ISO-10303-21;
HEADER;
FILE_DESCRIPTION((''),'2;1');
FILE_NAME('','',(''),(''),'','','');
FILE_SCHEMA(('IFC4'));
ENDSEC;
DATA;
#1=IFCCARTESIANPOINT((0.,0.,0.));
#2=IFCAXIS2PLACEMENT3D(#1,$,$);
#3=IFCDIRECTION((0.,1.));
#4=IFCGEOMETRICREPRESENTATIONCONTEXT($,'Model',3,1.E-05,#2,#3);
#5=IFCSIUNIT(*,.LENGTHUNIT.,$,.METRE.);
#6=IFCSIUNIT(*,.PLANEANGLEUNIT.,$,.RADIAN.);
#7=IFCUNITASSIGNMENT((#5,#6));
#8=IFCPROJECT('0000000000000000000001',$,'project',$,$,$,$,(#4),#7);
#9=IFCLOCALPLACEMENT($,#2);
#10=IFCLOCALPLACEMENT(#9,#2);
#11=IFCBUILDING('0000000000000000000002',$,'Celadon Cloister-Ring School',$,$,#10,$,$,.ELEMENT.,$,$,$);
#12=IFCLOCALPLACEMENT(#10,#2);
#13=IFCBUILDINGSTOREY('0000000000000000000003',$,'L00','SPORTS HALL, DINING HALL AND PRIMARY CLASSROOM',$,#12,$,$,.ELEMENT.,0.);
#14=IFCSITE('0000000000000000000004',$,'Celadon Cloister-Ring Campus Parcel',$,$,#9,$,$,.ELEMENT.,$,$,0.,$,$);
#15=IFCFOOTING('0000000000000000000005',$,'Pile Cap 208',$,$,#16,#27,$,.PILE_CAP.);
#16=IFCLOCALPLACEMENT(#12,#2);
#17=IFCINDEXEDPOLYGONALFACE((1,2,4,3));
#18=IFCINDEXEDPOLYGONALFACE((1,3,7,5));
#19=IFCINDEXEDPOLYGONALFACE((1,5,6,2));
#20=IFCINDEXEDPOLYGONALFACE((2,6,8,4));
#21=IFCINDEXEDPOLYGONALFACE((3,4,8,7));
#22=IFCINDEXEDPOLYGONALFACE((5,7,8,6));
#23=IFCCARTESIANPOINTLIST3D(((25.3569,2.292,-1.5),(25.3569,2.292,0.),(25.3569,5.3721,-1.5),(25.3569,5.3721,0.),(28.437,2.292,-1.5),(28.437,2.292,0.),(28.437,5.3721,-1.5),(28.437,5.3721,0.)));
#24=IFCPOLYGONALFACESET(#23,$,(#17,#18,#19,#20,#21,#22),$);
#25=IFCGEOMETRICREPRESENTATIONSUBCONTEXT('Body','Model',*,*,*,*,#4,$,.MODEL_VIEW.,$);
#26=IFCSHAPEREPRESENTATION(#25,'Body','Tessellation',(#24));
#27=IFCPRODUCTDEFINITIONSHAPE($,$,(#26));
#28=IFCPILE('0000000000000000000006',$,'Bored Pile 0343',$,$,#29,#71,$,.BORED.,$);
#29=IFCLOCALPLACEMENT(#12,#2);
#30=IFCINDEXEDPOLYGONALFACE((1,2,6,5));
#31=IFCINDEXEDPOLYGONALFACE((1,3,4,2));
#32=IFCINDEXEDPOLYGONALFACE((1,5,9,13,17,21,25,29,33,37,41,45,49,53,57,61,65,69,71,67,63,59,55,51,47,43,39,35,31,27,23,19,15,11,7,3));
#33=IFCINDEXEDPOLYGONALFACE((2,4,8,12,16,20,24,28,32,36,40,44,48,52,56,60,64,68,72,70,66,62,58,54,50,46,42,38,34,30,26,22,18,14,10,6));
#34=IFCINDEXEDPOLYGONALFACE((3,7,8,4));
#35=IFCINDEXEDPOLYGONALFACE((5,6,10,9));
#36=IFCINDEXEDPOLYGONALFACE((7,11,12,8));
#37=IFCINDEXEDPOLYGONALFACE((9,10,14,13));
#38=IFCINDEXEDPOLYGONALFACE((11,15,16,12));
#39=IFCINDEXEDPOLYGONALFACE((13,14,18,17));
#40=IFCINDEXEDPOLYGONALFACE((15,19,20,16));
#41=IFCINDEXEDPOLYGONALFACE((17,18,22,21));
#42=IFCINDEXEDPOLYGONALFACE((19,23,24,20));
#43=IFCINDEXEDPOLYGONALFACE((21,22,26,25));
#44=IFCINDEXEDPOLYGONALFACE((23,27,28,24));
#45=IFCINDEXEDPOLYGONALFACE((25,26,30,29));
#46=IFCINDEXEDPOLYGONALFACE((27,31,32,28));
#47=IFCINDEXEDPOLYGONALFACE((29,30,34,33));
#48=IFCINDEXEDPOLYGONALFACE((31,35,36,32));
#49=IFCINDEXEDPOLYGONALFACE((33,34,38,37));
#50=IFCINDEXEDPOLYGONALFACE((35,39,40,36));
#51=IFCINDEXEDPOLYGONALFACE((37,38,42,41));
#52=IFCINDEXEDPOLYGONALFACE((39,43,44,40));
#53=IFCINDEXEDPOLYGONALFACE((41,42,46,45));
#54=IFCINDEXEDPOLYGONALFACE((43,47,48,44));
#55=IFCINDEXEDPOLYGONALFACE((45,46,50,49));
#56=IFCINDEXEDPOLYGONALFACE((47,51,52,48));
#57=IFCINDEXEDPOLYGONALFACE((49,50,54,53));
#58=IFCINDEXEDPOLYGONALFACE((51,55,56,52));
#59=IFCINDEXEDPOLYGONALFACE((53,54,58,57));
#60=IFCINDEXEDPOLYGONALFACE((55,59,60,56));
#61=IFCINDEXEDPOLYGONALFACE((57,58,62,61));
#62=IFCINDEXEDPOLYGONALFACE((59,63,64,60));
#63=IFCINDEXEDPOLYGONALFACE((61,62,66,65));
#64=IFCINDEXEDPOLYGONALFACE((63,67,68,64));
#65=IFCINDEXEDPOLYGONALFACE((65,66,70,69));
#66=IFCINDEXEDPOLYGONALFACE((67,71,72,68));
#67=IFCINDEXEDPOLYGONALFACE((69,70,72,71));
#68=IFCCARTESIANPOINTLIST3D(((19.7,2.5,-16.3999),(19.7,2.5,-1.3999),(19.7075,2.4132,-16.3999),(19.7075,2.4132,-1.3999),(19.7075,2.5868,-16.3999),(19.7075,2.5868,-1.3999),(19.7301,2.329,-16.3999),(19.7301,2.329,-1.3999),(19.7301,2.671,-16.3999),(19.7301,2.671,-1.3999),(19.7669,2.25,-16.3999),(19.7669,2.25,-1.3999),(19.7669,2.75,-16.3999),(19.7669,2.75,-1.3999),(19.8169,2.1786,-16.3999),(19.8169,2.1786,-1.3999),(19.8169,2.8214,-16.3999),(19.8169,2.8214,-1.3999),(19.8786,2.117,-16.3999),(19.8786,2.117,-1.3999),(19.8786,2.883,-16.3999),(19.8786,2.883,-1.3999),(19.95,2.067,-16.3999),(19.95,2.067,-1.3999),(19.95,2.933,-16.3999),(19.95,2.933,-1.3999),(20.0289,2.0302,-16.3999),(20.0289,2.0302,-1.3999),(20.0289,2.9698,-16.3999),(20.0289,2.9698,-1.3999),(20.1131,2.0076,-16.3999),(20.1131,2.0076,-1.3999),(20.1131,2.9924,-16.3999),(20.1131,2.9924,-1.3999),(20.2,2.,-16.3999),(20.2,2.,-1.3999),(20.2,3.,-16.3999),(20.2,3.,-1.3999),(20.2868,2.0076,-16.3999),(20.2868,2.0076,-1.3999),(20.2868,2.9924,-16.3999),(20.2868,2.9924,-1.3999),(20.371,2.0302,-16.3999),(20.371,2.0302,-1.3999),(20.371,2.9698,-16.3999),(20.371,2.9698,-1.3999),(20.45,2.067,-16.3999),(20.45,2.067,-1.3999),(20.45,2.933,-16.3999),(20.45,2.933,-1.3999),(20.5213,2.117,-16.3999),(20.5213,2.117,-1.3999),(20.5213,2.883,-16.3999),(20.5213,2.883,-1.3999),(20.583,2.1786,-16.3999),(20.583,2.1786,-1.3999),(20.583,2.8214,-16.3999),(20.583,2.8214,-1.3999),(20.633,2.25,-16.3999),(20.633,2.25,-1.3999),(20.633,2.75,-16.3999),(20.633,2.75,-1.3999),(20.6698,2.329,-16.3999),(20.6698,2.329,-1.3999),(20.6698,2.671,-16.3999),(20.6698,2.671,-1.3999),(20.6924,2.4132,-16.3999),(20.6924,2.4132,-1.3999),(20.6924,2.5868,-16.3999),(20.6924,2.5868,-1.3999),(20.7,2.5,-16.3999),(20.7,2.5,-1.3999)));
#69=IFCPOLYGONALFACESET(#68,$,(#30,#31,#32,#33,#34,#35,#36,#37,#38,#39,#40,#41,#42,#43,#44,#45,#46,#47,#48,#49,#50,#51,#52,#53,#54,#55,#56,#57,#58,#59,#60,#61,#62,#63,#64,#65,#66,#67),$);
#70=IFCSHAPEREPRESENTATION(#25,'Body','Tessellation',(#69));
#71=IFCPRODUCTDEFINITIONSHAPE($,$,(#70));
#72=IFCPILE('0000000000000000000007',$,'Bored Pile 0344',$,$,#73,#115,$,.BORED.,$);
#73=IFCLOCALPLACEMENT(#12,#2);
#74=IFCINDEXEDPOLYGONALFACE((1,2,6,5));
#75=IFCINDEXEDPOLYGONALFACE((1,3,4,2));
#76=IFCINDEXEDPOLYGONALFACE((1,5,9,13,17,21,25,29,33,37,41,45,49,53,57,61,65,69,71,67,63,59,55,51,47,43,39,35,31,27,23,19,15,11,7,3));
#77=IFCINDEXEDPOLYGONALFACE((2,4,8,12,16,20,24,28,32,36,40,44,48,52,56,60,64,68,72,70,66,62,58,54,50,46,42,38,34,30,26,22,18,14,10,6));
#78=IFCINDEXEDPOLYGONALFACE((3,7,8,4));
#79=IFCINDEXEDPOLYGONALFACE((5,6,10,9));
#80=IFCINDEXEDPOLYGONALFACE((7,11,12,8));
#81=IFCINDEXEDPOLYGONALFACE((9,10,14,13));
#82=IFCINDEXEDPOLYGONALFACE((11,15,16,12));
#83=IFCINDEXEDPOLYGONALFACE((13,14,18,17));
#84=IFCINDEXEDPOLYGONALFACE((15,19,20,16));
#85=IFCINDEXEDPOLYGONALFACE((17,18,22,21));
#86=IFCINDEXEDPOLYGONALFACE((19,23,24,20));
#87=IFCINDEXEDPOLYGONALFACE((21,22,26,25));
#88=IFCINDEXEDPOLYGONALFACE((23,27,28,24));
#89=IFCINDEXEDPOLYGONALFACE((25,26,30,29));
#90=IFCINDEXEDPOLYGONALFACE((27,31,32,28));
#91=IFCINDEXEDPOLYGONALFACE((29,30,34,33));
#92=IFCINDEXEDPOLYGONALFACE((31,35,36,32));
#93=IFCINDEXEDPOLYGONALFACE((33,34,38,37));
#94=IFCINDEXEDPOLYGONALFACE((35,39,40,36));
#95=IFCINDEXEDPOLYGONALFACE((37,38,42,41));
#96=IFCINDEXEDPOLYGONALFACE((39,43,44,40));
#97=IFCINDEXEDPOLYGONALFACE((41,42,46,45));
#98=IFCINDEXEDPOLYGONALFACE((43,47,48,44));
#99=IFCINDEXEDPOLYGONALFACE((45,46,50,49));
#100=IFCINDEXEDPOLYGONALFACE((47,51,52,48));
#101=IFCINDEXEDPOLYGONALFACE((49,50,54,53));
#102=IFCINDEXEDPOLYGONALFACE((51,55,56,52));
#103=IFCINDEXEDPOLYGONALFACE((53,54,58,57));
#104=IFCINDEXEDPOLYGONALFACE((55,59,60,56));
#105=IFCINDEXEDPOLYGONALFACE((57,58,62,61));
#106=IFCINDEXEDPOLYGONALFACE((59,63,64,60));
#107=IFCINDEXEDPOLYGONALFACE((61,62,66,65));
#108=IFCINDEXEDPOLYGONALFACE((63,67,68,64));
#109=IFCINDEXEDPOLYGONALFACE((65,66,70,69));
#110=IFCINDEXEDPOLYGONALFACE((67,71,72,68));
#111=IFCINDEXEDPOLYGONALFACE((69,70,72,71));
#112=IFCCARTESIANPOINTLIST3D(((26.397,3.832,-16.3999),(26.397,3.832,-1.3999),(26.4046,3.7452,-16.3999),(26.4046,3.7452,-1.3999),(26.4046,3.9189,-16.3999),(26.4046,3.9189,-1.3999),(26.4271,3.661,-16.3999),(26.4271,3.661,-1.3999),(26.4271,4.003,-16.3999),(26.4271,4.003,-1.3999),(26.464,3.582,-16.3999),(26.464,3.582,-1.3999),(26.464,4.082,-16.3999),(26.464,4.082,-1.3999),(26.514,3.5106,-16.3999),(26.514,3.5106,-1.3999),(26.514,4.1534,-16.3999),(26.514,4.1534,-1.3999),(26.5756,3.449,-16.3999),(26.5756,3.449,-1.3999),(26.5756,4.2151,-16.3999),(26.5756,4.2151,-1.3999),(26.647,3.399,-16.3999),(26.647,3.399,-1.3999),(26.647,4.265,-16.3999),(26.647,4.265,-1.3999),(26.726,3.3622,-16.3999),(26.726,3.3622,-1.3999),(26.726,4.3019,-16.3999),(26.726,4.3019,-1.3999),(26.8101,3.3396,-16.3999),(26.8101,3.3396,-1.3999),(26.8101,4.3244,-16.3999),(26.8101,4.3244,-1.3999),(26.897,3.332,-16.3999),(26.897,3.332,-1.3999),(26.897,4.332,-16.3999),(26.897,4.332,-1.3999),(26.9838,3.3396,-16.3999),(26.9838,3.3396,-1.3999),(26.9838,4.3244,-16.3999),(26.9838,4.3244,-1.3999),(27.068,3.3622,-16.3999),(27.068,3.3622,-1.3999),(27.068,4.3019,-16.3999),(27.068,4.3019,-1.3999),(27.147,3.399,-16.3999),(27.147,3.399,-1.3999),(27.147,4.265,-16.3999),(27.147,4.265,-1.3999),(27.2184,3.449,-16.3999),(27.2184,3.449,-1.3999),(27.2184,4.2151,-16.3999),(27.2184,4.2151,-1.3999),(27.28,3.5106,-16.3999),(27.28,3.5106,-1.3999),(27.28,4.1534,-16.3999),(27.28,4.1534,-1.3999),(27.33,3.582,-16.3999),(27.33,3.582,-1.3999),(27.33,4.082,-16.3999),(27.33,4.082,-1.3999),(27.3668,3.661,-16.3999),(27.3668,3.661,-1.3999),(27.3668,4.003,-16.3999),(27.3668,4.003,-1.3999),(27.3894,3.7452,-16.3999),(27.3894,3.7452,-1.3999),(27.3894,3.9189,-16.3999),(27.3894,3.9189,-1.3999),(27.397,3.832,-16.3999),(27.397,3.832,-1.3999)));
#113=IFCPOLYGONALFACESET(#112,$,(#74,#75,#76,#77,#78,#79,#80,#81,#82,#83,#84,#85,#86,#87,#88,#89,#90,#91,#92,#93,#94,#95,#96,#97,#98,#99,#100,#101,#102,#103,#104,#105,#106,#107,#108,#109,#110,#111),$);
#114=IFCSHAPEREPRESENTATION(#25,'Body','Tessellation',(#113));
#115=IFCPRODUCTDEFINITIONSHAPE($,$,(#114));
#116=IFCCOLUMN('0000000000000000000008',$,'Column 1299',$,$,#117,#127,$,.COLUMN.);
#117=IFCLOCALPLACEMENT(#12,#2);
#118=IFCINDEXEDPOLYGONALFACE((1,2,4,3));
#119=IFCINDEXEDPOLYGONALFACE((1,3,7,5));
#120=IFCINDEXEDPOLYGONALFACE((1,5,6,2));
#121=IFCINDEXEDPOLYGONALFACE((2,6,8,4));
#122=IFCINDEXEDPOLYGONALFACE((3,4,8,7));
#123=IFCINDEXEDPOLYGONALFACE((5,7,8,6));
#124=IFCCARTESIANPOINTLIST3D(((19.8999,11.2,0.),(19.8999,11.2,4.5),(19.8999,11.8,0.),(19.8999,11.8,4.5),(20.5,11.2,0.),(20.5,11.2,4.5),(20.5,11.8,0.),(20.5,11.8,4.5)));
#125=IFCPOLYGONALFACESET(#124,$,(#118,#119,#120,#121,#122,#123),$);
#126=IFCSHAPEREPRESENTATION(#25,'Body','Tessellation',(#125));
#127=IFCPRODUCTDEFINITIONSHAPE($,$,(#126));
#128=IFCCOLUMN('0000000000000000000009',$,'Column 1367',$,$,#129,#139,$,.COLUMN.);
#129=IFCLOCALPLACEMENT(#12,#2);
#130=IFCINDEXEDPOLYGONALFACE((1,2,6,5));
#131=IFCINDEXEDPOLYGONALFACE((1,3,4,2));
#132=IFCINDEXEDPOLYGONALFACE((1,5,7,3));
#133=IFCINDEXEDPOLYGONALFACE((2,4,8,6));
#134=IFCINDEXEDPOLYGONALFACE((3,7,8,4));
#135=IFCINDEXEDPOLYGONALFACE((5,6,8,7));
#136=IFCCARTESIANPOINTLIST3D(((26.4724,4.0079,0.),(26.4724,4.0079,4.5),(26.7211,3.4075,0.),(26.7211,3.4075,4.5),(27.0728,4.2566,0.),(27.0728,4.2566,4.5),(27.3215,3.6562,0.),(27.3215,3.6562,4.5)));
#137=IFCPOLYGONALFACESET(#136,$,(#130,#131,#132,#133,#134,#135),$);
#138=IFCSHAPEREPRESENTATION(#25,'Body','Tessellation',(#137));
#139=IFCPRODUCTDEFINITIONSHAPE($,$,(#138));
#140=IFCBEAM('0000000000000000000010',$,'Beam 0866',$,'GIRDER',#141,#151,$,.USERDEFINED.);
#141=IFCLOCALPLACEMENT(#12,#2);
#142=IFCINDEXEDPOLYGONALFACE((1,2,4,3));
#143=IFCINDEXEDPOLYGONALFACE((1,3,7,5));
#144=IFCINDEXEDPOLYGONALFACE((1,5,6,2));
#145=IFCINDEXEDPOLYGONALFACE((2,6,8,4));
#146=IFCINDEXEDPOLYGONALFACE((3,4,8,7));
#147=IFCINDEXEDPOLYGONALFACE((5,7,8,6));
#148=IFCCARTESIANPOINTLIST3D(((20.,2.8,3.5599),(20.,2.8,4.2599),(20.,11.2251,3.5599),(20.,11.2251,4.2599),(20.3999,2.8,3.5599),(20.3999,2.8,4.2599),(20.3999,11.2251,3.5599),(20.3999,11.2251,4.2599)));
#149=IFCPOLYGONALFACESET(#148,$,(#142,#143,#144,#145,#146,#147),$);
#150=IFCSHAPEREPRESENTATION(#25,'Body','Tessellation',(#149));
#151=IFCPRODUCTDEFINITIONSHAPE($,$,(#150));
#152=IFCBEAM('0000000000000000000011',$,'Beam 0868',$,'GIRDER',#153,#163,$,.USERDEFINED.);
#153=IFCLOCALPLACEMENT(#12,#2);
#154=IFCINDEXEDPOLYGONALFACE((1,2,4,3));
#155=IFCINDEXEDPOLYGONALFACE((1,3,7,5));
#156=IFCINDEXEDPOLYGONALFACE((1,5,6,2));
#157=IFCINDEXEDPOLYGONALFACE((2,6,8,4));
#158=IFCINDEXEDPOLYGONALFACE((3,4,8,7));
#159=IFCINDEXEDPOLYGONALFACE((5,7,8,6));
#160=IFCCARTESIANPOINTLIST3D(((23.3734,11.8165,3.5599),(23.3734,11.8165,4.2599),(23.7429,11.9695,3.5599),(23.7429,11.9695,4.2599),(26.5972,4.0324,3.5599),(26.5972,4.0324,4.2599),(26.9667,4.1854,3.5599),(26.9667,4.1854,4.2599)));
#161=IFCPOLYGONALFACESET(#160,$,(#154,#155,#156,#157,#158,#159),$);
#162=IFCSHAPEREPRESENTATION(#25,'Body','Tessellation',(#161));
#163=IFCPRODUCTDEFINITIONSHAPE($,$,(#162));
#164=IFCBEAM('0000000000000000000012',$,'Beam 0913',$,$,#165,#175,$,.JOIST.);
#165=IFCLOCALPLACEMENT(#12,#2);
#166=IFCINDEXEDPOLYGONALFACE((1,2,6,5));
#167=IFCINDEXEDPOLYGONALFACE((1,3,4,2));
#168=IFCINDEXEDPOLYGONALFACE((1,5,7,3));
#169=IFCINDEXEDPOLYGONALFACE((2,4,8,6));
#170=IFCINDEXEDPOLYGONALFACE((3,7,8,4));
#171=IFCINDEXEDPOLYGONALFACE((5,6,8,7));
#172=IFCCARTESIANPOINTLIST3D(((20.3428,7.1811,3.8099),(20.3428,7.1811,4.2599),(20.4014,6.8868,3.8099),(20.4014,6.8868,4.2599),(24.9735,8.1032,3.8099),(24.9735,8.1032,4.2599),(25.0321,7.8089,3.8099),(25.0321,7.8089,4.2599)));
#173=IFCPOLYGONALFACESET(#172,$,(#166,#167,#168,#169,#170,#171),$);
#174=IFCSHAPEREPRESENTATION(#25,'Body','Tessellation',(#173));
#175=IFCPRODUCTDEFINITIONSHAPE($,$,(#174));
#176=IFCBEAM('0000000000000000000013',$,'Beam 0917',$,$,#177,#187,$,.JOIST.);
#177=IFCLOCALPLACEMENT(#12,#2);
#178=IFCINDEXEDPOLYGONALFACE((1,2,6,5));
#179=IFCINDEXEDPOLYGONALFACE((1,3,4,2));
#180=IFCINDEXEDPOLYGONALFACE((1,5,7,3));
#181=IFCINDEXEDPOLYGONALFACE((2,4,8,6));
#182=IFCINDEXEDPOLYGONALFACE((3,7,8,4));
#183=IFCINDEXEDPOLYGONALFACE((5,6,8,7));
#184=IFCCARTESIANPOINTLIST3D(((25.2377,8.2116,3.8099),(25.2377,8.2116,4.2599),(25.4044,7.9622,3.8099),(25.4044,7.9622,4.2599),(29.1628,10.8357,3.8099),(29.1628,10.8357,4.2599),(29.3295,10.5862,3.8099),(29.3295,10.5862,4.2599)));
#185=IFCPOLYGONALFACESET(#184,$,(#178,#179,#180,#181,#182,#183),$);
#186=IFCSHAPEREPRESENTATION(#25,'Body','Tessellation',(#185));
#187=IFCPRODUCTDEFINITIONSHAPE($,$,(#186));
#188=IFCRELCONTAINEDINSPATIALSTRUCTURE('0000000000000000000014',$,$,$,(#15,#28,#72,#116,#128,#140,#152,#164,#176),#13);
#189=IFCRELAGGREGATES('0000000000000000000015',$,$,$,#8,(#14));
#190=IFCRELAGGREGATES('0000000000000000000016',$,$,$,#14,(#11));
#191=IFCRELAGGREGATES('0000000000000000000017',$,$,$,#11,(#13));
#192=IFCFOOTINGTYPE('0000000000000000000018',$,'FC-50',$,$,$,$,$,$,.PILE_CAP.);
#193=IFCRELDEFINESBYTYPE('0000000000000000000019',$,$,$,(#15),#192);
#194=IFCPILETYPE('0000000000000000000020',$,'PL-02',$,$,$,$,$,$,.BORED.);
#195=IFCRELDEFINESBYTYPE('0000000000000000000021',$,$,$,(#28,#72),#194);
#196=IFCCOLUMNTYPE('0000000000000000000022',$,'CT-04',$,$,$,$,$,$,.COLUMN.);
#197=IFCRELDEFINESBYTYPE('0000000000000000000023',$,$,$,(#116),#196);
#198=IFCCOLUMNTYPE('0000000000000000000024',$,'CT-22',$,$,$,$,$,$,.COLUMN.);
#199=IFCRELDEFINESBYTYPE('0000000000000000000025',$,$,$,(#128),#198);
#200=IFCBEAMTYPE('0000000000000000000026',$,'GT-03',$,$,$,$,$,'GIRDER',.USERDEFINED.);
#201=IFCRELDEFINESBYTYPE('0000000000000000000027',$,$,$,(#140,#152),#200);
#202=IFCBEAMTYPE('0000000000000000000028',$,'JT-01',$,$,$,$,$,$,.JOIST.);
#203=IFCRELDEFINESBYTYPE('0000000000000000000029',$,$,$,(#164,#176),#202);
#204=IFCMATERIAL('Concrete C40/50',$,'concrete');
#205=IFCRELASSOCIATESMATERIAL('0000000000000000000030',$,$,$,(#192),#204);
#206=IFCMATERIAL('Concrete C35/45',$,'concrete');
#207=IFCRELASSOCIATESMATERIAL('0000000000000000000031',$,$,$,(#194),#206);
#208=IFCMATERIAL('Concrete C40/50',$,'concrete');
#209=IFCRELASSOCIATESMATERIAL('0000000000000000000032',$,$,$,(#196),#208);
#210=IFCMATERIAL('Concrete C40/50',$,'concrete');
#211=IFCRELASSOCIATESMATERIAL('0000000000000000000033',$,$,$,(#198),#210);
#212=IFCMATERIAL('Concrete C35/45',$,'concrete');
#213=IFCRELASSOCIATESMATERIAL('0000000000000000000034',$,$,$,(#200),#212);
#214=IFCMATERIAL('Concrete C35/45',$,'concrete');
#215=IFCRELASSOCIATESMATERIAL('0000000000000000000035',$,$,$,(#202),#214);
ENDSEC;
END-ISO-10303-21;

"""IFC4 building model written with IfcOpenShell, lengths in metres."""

from ifc_helpers import new_model, si_unit, direction, frame, origin, origin_2d, place, context, subcontext, project, spatial, rectangle, circle, extrude, material, material_profile, profile_set, type_object, element, save


model = new_model("IFC4")

# Units and contexts
model_context = context("Model", 3, precision=1e-05, world=origin(), true_north=direction((0.0, 1.0)))
body_context = subcontext(model_context, "Body", "Model", "MODEL_VIEW")
ifc_project = project(units=[si_unit("LENGTHUNIT", "METRE"), si_unit("PLANEANGLEUNIT", "RADIAN")], contexts=[model_context])

# Site, building, storey
site_placement = place(None, origin())
site = spatial("IfcSite", under=ifc_project, at=site_placement, Name="Celadon Cloister-Ring Campus Parcel", CompositionType="ELEMENT", RefElevation=0.0)
building_placement = place(site_placement, origin())
building = spatial("IfcBuilding", under=site, at=building_placement, Name="Celadon Cloister-Ring School", CompositionType="ELEMENT")
storey_placement = place(building_placement, origin())
storey = spatial("IfcBuildingStorey", under=building, at=storey_placement, Name="L00", Description="SPORTS HALL, DINING HALL AND PRIMARY CLASSROOM", CompositionType="ELEMENT", Elevation=0.0)

# Footing
ifc_material_1 = material(Name="Concrete C40/50", Category="concrete")
footing_type = type_object("IfcFootingType", Name="FC-50", PredefinedType="PILE_CAP", material=ifc_material_1)
footing_placement = place(storey_placement, frame((26.897, 3.832, -1.5), z_axis=(0.0, 0.0, 1.0), x_axis=(1.0, 0.0, 0.0)))
element("IfcFooting", 1, at=footing_placement, inside=storey, type_object=footing_type, Name="Pile Cap 208", PredefinedType="PILE_CAP", context=body_context, shape_type="SweptSolid", body=[
    extrude(rectangle(XDim=3.0801, YDim=3.0801, at=origin_2d()), origin(), (0.0, 0.0, 1.0), 1.5),
])

# Piles
ifc_material_2 = material(Name="Concrete C35/45", Category="concrete")
ifc_material_profile_1 = material_profile(ifc_material_2, circle(Radius=0.5, at=origin_2d()), Name="PILE1000")
ifc_profile_set_1 = profile_set([ifc_material_profile_1], Name="Concrete C35/45")
pile_type = type_object("IfcPileType", Name="PL-02", PredefinedType="BORED", material=ifc_profile_set_1)
for number, where, z_axis, x_axis, name in (
    (2, (20.2, 2.5, -1.3999), (0.0, 0.0, -1.0), (1.0, 0.0, 0.0), "Bored Pile 0343"),
    (3, (26.897, 3.832, -1.3999), (0.0, 0.0, -1.0), (1.0, 0.0, 0.0), "Bored Pile 0344"),
):
    element("IfcPile", number, at=place(storey_placement, frame(where, z_axis=z_axis, x_axis=x_axis)), inside=storey, type_object=pile_type, Name=name, PredefinedType="BORED", context=body_context, shape_type="SweptSolid", body=[
        extrude(circle(Radius=0.5, at=origin_2d()), origin(), (0.0, 0.0, 1.0), 15.0),
    ])

# Columns
ifc_material_3 = material(Name="Concrete C40/50", Category="concrete")
ifc_material_profile_2 = material_profile(ifc_material_3, rectangle(XDim=0.6001, YDim=0.6001, at=origin_2d()), Name="RC600X600")
ifc_profile_set_2 = profile_set([ifc_material_profile_2], Name="Concrete C40/50")
column_type_1 = type_object("IfcColumnType", Name="CT-04", PredefinedType="COLUMN", material=ifc_profile_set_2)
column_1_placement = place(storey_placement, frame((20.2, 11.5, 0.0), z_axis=(0.0, 0.0, 1.0), x_axis=(0.0, -1.0, 0.0)))
element("IfcColumn", 4, at=column_1_placement, inside=storey, type_object=column_type_1, Name="Column 1299", PredefinedType="COLUMN", context=body_context, shape_type="SweptSolid", body=[
    extrude(rectangle(XDim=0.6001, YDim=0.6001, at=origin_2d()), origin(), (0.0, 0.0, 1.0), 4.5),
])
ifc_material_4 = material(Name="Concrete C40/50", Category="concrete")
ifc_material_profile_3 = material_profile(ifc_material_4, rectangle(XDim=0.6499, YDim=0.6499, at=origin_2d()), Name="RC650X650")
ifc_profile_set_3 = profile_set([ifc_material_profile_3], Name="Concrete C40/50")
column_type_2 = type_object("IfcColumnType", Name="CT-22", PredefinedType="COLUMN", material=ifc_profile_set_3)
column_2_placement = place(storey_placement, frame((26.897, 3.832, 0.0), z_axis=(0.0, 0.0, 1.0), x_axis=(0.382683, -0.92388, 0.0)))
element("IfcColumn", 5, at=column_2_placement, inside=storey, type_object=column_type_2, Name="Column 1367", PredefinedType="COLUMN", context=body_context, shape_type="SweptSolid", body=[
    extrude(rectangle(XDim=0.6499, YDim=0.6499, at=origin_2d()), origin(), (0.0, 0.0, 1.0), 4.5),
])

# Beams
ifc_material_5 = material(Name="Concrete C35/45", Category="concrete")
ifc_material_profile_4 = material_profile(ifc_material_5, rectangle(XDim=0.3999, YDim=0.7, at=origin_2d()), Name="RC400X700")
ifc_profile_set_4 = profile_set([ifc_material_profile_4], Name="Concrete C35/45")
beam_type_1 = type_object("IfcBeamType", Name="GT-03", ElementType="GIRDER", PredefinedType="USERDEFINED", material=ifc_profile_set_4)
beam_1_placement = place(storey_placement, frame((20.2, 2.8, 3.9099), z_axis=(0.0, 1.0, 0.0), x_axis=(-1.0, 0.0, 0.0)))
element("IfcBeam", 6, at=beam_1_placement, inside=storey, type_object=beam_type_1, Name="Beam 0866", ObjectType="GIRDER", PredefinedType="USERDEFINED", context=body_context, shape_type="SweptSolid", body=[
    extrude(rectangle(XDim=0.3999, YDim=0.7, at=origin_2d()), origin(), (0.0, 0.0, 1.0), 8.425),
])
beam_2_placement = place(storey_placement, frame((26.782, 4.1089, 3.9099), z_axis=(-0.382639, 0.923898, 0.0), x_axis=(-0.923898, -0.382639, 0.0)))
element("IfcBeam", 7, at=beam_2_placement, inside=storey, type_object=beam_type_1, Name="Beam 0868", ObjectType="GIRDER", PredefinedType="USERDEFINED", context=body_context, shape_type="SweptSolid", body=[
    extrude(rectangle(XDim=0.3999, YDim=0.7, at=origin_2d()), origin(), (0.0, 0.0, 1.0), 8.4253),
])
ifc_material_6 = material(Name="Concrete C35/45", Category="concrete")
ifc_material_profile_5 = material_profile(ifc_material_6, rectangle(XDim=0.3, YDim=0.45, at=origin_2d()), Name="RC300X450")
ifc_profile_set_5 = profile_set([ifc_material_profile_5], Name="Concrete C35/45")
beam_type_2 = type_object("IfcBeamType", Name="JT-01", PredefinedType="JOIST", material=ifc_profile_set_5)
beam_3_placement = place(storey_placement, frame((20.3721, 7.0339, 4.0349), z_axis=(0.980745, 0.195291, 0.0), x_axis=(-0.195291, 0.980745, 0.0)))
element("IfcBeam", 8, at=beam_3_placement, inside=storey, type_object=beam_type_2, Name="Beam 0913", PredefinedType="JOIST", context=body_context, shape_type="SweptSolid", body=[
    extrude(rectangle(XDim=0.3, YDim=0.45, at=origin_2d()), origin(), (0.0, 0.0, 1.0), 4.7217),
])
beam_4_placement = place(storey_placement, frame((25.321, 8.0869, 4.0349), z_axis=(0.831334, 0.555774, 0.0), x_axis=(-0.555774, 0.831334, 0.0)))
element("IfcBeam", 9, at=beam_4_placement, inside=storey, type_object=beam_type_2, Name="Beam 0917", PredefinedType="JOIST", context=body_context, shape_type="SweptSolid", body=[
    extrude(rectangle(XDim=0.3, YDim=0.45, at=origin_2d()), origin(), (0.0, 0.0, 1.0), 4.7214),
])

save(model, "model.ifc")
